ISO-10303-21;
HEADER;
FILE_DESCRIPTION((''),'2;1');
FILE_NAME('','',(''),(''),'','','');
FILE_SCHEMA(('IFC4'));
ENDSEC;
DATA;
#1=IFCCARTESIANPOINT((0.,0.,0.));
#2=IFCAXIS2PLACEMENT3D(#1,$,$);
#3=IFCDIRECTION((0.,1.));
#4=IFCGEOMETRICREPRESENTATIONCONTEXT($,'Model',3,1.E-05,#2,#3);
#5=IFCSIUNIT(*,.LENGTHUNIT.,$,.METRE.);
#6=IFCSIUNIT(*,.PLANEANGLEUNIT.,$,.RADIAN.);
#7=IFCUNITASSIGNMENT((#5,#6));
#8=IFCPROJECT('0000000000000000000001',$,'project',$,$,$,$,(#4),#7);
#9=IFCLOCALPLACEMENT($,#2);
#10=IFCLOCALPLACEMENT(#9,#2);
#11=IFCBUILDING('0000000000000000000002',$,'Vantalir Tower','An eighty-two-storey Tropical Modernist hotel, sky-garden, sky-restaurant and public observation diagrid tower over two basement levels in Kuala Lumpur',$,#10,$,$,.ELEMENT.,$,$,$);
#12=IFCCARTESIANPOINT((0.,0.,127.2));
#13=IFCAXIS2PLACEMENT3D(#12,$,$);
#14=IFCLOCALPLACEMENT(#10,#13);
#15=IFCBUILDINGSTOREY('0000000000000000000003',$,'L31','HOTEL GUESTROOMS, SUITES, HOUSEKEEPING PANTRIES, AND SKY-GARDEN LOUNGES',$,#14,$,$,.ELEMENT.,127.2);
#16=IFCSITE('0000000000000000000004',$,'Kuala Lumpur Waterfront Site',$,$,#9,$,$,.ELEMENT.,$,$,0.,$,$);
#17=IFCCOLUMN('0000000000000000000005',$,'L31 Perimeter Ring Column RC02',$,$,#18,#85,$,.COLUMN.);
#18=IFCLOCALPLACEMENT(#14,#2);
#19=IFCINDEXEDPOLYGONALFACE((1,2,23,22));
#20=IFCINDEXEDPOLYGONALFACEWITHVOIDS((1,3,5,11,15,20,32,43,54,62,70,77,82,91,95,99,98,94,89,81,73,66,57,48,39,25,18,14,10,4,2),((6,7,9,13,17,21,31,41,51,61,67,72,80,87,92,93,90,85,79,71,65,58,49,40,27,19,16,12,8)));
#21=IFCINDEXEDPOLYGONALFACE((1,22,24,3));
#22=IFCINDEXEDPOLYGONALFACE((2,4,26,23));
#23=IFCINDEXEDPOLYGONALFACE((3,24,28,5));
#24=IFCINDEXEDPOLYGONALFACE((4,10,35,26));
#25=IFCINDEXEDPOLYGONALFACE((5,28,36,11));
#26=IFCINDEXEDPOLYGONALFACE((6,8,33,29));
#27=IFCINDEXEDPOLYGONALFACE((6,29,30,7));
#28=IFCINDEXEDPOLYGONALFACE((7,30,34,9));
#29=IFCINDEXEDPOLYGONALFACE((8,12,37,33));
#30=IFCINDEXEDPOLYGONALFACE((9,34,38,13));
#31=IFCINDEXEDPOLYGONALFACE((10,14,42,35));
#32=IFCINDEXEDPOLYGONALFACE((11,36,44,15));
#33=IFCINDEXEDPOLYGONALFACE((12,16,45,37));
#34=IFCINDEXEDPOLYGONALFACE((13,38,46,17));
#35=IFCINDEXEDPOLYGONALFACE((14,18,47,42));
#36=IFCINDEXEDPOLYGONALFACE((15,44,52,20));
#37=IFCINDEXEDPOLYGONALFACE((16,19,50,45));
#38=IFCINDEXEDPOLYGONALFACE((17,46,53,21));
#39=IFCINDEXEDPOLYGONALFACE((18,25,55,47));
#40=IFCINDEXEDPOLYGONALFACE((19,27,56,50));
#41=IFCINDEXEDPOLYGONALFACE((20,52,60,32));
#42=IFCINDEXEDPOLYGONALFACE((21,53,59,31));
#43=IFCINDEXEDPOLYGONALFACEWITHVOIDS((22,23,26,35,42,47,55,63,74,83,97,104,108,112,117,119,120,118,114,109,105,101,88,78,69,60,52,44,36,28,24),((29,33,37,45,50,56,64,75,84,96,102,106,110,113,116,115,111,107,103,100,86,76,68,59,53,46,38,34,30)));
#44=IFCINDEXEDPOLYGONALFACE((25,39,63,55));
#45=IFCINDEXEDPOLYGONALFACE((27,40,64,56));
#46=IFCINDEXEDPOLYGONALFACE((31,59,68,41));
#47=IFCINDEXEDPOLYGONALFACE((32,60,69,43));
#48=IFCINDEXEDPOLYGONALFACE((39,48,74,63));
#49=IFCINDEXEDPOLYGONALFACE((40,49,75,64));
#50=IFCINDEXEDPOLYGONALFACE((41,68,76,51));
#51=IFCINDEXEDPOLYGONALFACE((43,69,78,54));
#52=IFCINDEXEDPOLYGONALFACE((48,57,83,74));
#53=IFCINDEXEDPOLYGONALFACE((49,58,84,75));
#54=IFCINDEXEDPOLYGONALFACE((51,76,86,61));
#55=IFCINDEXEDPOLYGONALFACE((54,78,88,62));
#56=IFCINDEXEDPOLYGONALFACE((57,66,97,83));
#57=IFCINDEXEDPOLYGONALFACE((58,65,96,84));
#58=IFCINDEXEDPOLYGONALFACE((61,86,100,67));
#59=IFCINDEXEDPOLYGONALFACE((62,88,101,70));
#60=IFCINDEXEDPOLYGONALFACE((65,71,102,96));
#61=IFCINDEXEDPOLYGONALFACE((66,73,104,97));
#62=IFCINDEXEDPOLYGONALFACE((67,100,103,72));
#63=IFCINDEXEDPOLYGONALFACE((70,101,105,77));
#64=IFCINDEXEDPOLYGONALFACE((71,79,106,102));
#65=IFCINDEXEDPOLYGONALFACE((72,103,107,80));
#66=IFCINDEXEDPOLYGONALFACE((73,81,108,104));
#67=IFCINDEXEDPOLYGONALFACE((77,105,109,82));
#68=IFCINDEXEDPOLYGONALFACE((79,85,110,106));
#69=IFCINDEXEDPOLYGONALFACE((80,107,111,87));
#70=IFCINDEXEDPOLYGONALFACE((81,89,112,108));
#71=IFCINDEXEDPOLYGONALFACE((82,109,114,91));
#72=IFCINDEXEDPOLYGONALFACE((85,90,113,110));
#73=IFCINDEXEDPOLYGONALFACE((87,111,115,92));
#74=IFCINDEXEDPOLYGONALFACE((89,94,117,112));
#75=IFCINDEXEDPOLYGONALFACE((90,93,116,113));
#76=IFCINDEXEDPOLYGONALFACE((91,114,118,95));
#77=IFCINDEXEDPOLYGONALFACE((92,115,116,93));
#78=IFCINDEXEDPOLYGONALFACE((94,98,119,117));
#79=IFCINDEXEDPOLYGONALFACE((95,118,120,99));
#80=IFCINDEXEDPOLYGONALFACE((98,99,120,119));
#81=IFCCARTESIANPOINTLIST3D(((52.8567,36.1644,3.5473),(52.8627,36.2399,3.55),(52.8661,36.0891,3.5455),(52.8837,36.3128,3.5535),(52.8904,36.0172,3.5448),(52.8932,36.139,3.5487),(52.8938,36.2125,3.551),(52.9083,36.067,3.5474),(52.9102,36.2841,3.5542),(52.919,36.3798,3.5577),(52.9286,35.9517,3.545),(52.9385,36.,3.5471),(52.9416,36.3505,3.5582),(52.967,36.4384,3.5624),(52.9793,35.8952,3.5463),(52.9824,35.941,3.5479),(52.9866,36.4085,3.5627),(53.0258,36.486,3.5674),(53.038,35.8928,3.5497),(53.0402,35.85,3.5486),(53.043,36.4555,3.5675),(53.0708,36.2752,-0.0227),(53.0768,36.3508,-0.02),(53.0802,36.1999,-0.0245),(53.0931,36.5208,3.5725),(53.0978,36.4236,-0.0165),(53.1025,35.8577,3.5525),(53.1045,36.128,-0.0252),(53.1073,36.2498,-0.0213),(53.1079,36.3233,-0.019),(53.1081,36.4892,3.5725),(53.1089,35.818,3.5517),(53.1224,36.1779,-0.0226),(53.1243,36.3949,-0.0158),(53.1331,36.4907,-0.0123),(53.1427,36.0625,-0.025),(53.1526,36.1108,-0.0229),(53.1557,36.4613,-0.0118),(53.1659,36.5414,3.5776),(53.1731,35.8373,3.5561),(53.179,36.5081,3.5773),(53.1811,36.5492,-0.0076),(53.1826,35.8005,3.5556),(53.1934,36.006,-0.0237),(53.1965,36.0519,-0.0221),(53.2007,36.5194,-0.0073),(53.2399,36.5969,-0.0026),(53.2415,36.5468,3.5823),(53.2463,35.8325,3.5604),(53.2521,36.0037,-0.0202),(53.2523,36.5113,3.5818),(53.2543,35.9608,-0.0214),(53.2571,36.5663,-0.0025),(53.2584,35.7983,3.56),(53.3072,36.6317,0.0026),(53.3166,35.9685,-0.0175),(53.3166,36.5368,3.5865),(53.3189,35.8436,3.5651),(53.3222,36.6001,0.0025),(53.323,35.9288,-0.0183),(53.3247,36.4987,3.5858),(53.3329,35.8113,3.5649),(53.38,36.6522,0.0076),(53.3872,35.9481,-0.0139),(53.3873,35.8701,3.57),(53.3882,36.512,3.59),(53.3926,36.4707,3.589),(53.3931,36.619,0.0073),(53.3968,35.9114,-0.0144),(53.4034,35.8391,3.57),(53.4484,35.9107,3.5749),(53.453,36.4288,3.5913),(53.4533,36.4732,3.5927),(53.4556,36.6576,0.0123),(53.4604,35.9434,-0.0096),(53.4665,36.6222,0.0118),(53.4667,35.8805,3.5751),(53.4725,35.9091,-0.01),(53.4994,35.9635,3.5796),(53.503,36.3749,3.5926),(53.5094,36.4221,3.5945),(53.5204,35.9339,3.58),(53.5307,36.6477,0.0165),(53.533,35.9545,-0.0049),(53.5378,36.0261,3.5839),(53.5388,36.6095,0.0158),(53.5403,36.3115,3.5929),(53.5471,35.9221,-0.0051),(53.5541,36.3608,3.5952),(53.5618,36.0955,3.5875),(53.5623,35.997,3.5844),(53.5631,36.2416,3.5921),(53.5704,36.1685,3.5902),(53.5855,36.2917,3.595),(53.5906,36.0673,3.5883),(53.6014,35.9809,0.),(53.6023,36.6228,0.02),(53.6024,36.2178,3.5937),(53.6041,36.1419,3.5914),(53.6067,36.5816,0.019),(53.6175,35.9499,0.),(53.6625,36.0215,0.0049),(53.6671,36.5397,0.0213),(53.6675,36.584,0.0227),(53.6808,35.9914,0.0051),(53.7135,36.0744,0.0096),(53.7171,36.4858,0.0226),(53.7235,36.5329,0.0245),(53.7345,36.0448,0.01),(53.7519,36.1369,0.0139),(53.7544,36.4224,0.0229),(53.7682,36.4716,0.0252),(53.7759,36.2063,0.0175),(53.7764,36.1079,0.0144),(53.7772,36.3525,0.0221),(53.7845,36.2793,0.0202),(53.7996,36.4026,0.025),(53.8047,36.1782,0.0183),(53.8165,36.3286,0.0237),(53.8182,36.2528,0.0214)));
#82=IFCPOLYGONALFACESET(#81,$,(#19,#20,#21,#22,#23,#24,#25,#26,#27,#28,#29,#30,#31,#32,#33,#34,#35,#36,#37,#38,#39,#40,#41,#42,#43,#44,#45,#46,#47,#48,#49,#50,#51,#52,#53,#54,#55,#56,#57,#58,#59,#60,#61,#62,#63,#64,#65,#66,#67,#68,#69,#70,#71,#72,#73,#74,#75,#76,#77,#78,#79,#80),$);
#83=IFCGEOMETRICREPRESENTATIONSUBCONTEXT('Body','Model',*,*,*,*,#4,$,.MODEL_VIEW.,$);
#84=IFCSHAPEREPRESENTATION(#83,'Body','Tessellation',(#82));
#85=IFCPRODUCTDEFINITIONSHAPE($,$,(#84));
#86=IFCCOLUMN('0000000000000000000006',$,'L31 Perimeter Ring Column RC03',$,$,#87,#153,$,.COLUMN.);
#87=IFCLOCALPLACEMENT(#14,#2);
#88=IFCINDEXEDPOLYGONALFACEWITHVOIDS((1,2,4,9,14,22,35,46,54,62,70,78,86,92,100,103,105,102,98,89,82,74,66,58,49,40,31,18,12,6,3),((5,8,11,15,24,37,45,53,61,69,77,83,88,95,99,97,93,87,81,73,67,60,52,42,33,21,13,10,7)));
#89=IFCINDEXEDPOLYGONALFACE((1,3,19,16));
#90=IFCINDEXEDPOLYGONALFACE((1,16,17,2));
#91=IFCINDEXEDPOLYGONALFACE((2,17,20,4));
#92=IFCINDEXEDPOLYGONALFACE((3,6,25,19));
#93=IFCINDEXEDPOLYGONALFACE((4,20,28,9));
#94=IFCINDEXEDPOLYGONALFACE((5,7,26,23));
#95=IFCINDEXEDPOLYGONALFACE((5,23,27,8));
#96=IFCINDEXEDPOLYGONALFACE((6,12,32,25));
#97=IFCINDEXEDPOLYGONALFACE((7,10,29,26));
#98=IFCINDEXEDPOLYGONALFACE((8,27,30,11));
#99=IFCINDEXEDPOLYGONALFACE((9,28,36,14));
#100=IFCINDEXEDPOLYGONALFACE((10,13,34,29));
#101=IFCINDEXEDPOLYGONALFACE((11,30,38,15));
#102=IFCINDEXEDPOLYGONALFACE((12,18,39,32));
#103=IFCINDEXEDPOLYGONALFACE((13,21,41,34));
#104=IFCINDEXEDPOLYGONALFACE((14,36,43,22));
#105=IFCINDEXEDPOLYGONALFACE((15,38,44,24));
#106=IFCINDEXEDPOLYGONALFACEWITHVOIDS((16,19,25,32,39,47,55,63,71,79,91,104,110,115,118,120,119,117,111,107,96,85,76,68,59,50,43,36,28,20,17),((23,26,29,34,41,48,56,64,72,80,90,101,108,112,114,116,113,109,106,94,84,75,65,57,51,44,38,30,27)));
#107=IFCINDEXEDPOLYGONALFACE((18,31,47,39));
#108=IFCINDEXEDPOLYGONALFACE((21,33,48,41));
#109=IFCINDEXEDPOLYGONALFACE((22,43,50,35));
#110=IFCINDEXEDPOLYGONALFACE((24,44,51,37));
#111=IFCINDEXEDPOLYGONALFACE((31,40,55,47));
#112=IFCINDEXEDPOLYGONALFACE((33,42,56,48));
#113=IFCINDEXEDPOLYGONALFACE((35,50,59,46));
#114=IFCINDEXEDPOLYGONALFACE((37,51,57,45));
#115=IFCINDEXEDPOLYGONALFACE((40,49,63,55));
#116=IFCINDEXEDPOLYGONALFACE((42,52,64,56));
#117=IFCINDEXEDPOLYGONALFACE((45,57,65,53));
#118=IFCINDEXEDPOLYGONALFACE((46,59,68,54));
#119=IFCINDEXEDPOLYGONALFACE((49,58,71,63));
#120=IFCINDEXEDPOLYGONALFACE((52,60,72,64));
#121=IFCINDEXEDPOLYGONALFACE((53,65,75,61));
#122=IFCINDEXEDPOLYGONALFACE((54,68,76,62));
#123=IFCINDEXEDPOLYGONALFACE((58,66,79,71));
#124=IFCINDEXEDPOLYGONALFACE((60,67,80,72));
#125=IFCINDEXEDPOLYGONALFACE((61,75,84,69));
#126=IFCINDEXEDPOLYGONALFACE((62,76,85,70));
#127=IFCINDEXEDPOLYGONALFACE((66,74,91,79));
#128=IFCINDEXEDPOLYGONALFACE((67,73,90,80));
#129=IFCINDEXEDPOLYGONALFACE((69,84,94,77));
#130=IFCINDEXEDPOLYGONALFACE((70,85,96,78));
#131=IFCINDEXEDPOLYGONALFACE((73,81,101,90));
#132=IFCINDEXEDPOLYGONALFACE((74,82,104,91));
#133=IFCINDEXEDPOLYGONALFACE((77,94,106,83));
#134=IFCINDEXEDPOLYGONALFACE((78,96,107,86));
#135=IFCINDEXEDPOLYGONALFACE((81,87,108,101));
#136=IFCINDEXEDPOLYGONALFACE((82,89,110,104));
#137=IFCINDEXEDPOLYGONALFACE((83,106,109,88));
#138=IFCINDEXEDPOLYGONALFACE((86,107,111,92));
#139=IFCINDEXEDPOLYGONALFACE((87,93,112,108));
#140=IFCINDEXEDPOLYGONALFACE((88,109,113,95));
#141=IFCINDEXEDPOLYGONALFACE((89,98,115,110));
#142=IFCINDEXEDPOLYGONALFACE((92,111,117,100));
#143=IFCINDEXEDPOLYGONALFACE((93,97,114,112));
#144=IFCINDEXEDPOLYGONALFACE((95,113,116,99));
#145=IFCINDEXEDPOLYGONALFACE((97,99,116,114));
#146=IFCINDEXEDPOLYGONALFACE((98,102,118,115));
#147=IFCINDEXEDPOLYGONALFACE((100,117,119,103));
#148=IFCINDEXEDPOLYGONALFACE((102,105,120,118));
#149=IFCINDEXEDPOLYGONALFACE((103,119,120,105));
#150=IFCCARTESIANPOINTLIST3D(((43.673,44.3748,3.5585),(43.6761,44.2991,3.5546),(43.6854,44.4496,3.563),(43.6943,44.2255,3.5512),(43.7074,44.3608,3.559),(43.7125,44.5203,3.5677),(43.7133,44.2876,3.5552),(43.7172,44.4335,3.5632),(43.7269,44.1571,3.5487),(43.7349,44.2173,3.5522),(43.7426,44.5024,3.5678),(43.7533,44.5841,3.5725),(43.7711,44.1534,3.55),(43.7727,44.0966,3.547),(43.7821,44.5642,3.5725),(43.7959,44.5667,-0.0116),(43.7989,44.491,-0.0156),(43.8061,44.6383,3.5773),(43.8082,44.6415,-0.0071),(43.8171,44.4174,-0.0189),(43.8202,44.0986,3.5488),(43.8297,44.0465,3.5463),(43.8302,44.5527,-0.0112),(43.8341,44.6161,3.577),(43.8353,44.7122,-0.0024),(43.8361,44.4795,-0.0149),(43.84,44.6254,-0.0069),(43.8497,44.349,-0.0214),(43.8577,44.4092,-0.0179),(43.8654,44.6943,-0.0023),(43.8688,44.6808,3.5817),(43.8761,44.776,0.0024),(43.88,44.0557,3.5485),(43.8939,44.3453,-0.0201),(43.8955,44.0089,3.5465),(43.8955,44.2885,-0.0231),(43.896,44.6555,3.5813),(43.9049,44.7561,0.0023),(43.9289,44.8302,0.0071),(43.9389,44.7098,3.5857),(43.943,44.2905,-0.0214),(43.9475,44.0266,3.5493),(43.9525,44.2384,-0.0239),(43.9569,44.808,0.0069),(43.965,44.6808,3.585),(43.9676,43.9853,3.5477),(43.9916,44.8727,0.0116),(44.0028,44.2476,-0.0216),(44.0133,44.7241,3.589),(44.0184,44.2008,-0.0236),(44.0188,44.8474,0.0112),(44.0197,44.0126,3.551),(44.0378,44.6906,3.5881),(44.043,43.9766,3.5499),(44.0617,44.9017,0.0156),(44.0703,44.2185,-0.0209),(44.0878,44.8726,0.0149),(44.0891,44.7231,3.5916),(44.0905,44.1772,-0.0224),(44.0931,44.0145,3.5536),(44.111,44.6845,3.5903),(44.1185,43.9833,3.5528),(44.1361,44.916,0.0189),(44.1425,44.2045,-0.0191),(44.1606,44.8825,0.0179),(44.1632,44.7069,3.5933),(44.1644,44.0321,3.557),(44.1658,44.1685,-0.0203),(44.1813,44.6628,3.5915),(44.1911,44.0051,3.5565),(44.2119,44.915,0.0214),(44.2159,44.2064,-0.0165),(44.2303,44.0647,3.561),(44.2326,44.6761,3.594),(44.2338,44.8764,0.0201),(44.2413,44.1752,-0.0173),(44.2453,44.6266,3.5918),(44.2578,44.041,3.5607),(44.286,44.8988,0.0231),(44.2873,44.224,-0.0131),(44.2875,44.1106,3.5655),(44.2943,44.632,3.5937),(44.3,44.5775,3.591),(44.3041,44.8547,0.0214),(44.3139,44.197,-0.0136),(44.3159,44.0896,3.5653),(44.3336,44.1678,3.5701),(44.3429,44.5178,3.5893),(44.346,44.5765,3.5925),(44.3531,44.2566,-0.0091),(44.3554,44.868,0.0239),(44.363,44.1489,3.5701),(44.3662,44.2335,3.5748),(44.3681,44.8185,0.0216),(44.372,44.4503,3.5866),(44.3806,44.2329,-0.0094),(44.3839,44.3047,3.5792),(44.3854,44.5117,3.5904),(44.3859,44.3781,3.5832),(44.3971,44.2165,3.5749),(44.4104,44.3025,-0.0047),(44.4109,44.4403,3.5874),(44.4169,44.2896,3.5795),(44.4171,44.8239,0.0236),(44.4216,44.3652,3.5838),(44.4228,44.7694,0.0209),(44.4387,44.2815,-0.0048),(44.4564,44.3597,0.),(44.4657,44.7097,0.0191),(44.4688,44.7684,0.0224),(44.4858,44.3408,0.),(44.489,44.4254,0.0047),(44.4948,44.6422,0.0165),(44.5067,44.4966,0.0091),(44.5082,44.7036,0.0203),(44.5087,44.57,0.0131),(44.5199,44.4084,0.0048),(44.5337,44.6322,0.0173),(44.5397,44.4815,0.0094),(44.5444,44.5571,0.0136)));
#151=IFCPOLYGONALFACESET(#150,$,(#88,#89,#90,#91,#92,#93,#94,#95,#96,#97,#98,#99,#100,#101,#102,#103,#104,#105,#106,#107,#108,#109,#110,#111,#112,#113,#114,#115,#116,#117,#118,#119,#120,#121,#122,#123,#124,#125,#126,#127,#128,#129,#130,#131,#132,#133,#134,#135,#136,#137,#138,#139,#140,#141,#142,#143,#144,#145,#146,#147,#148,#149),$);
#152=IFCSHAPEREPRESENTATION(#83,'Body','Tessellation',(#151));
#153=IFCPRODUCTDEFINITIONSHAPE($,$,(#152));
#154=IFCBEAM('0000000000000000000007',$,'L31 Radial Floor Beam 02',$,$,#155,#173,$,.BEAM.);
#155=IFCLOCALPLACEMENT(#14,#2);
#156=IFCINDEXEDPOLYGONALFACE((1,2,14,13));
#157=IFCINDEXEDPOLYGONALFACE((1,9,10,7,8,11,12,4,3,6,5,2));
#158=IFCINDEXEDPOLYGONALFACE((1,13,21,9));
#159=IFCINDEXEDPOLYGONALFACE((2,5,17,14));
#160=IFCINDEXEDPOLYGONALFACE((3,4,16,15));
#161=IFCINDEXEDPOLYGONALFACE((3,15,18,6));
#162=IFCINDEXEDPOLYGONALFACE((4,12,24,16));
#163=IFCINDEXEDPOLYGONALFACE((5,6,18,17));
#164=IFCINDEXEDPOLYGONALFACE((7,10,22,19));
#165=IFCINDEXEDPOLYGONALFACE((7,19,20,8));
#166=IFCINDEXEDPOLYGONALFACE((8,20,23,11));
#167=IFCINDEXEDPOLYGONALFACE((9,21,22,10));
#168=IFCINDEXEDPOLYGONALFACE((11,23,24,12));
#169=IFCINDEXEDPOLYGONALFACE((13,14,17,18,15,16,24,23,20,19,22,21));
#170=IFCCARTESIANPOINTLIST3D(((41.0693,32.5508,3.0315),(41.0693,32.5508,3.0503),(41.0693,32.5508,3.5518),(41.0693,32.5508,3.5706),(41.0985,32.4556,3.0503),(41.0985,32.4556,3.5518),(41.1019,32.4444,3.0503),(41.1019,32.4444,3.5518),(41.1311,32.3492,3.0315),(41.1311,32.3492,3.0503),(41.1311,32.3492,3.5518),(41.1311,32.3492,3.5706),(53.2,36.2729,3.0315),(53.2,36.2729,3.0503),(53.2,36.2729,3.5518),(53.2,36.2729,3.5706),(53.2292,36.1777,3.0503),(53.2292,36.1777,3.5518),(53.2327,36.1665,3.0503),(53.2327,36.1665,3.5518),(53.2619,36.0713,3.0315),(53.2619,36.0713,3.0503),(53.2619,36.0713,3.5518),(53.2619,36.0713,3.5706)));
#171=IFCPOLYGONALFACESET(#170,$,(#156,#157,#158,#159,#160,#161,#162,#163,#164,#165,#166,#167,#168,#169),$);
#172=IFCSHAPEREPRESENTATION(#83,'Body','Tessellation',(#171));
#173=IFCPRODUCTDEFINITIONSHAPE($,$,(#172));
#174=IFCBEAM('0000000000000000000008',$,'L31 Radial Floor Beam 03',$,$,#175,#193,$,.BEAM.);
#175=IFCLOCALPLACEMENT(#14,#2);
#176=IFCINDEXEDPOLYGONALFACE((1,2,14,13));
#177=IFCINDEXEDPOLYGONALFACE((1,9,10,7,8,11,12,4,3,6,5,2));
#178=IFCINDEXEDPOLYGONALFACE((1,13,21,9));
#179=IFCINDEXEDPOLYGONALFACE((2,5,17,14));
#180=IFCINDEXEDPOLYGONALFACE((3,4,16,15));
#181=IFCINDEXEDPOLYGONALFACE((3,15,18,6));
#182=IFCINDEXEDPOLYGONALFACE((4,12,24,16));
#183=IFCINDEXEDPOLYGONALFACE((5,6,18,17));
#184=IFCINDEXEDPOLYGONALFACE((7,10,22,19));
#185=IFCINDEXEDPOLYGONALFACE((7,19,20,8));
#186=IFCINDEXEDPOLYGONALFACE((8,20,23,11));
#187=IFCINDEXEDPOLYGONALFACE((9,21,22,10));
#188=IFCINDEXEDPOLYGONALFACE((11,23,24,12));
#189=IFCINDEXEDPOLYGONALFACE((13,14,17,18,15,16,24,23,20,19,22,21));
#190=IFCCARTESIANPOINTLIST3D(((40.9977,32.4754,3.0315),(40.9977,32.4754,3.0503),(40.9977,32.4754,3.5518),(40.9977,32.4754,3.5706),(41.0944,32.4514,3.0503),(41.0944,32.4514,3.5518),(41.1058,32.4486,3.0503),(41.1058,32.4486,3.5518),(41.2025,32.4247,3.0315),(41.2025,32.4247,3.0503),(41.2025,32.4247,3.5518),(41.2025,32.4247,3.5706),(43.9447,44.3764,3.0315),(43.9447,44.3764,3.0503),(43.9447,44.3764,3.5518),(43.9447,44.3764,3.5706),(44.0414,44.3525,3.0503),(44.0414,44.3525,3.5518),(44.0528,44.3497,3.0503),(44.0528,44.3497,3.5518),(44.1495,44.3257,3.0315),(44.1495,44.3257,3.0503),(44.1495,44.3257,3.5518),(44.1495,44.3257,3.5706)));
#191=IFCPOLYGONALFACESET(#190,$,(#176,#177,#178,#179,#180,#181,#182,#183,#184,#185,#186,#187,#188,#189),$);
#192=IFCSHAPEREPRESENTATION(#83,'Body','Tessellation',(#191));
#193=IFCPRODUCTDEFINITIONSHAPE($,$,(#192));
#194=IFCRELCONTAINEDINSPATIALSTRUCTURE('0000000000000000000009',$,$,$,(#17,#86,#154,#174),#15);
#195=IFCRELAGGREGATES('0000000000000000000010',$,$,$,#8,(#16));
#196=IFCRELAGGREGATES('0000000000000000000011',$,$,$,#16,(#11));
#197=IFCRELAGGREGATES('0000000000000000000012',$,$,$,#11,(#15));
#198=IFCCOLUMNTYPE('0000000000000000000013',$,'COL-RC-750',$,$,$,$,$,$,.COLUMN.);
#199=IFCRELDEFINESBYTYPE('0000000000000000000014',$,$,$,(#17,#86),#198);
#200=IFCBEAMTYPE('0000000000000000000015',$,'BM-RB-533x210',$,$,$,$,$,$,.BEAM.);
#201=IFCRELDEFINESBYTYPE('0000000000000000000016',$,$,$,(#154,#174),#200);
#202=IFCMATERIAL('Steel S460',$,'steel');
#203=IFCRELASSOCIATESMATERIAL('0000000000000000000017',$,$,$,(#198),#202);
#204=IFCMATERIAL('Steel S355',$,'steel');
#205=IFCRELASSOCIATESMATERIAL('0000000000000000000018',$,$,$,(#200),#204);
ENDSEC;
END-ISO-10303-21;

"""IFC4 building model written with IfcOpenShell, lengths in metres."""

from ifc_helpers import new_model, si_unit, direction, frame, origin, origin_2d, place, context, subcontext, project, spatial, hollow_circle, i_section, extrude, material, material_profile, profile_set, type_object, element, save


model = new_model("IFC4")

# Units and contexts
model_context = context("Model", 3, precision=1e-05, world=origin(), true_north=direction((0.0, 1.0)))
body_context = subcontext(model_context, "Body", "Model", "MODEL_VIEW")
ifc_project = project(units=[si_unit("LENGTHUNIT", "METRE"), si_unit("PLANEANGLEUNIT", "RADIAN")], contexts=[model_context])

# Site, building, storey
site_placement = place(None, origin())
site = spatial("IfcSite", under=ifc_project, at=site_placement, Name="Kuala Lumpur Waterfront Site", CompositionType="ELEMENT", RefElevation=0.0)
building_placement = place(site_placement, origin())
building = spatial("IfcBuilding", under=site, at=building_placement, Name="Vantalir Tower", Description="An eighty-two-storey Tropical Modernist hotel, sky-garden, sky-restaurant and public observation diagrid tower over two basement levels in Kuala Lumpur", CompositionType="ELEMENT")
storey_placement = place(building_placement, frame((0.0, 0.0, 127.2)))
storey = spatial("IfcBuildingStorey", under=building, at=storey_placement, Name="L31", Description="HOTEL GUESTROOMS, SUITES, HOUSEKEEPING PANTRIES, AND SKY-GARDEN LOUNGES", CompositionType="ELEMENT", Elevation=127.2)

# Columns
ifc_material_1 = material(Name="Steel S460", Category="steel")
ifc_material_profile_1 = material_profile(ifc_material_1, hollow_circle(Radius=0.375, WallThickness=0.0349, at=origin_2d()), Name="Steel S460")
ifc_profile_set_1 = profile_set([ifc_material_profile_1], Name="Steel S460")
column_type = type_object("IfcColumnType", Name="COL-RC-750", PredefinedType="COLUMN", material=ifc_profile_set_1)
column_1_placement = place(storey_placement, frame((53.4451, 36.283, 0.0), z_axis=(-0.059838, -0.030976, 0.997727), x_axis=(0.459726, -0.888061, 0.0)))
element("IfcColumn", 1, at=column_1_placement, inside=storey, type_object=column_type, Name="L31 Perimeter Ring Column RC02", PredefinedType="COLUMN", context=body_context, shape_type="SweptSolid", body=[
    extrude(hollow_circle(Radius=0.375, WallThickness=0.0349, at=origin_2d()), origin(), (0.0, 0.0, 1.0), 3.5781),
])
column_2_placement = place(storey_placement, frame((44.1699, 44.543, 0.0), z_axis=(-0.034328, -0.053642, 0.99797), x_axis=(0.842291, -0.539023, 0.0)))
element("IfcColumn", 2, at=column_2_placement, inside=storey, type_object=column_type, Name="L31 Perimeter Ring Column RC03", PredefinedType="COLUMN", context=body_context, shape_type="SweptSolid", body=[
    extrude(hollow_circle(Radius=0.375, WallThickness=0.0349, at=origin_2d()), origin(), (0.0, 0.0, 1.0), 3.5774),
])

# Beams
ifc_material_2 = material(Name="Steel S355", Category="steel")
ifc_material_profile_2 = material_profile(ifc_material_2, i_section(OverallWidth=0.2109, OverallDepth=0.5391, WebThickness=0.0117, FlangeThickness=0.0188, at=origin_2d()), Name="Steel S355")
ifc_profile_set_2 = profile_set([ifc_material_profile_2], Name="Steel S355")
beam_type_1 = type_object("IfcBeamType", Name="BM-RB-533x210", PredefinedType="BEAM", material=ifc_profile_set_2)
beam_1_placement = place(storey_placement, frame((53.231, 36.1721, 3.301), z_axis=(-0.956009, -0.293337, 0.0), x_axis=(0.293337, -0.956009, 0.0)))
element("IfcBeam", 3, at=beam_1_placement, inside=storey, type_object=beam_type_1, Name="L31 Radial Floor Beam 02", PredefinedType="BEAM", context=body_context, shape_type="SweptSolid", body=[
    extrude(i_section(OverallWidth=0.2109, OverallDepth=0.5391, WebThickness=0.0117, FlangeThickness=0.0188, at=origin_2d()), origin(), (0.0, 0.0, 1.0), 12.689),
])
beam_2_placement = place(storey_placement, frame((44.0471, 44.3511, 3.301), z_axis=(-0.240366, -0.970682, 0.0), x_axis=(0.970682, -0.240366, 0.0)))
element("IfcBeam", 4, at=beam_2_placement, inside=storey, type_object=beam_type_1, Name="L31 Radial Floor Beam 03", PredefinedType="BEAM", context=body_context, shape_type="SweptSolid", body=[
    extrude(i_section(OverallWidth=0.2109, OverallDepth=0.5391, WebThickness=0.0117, FlangeThickness=0.0188, at=origin_2d()), origin(), (0.0, 0.0, 1.0), 12.2605),
])

save(model, "model.ifc")
